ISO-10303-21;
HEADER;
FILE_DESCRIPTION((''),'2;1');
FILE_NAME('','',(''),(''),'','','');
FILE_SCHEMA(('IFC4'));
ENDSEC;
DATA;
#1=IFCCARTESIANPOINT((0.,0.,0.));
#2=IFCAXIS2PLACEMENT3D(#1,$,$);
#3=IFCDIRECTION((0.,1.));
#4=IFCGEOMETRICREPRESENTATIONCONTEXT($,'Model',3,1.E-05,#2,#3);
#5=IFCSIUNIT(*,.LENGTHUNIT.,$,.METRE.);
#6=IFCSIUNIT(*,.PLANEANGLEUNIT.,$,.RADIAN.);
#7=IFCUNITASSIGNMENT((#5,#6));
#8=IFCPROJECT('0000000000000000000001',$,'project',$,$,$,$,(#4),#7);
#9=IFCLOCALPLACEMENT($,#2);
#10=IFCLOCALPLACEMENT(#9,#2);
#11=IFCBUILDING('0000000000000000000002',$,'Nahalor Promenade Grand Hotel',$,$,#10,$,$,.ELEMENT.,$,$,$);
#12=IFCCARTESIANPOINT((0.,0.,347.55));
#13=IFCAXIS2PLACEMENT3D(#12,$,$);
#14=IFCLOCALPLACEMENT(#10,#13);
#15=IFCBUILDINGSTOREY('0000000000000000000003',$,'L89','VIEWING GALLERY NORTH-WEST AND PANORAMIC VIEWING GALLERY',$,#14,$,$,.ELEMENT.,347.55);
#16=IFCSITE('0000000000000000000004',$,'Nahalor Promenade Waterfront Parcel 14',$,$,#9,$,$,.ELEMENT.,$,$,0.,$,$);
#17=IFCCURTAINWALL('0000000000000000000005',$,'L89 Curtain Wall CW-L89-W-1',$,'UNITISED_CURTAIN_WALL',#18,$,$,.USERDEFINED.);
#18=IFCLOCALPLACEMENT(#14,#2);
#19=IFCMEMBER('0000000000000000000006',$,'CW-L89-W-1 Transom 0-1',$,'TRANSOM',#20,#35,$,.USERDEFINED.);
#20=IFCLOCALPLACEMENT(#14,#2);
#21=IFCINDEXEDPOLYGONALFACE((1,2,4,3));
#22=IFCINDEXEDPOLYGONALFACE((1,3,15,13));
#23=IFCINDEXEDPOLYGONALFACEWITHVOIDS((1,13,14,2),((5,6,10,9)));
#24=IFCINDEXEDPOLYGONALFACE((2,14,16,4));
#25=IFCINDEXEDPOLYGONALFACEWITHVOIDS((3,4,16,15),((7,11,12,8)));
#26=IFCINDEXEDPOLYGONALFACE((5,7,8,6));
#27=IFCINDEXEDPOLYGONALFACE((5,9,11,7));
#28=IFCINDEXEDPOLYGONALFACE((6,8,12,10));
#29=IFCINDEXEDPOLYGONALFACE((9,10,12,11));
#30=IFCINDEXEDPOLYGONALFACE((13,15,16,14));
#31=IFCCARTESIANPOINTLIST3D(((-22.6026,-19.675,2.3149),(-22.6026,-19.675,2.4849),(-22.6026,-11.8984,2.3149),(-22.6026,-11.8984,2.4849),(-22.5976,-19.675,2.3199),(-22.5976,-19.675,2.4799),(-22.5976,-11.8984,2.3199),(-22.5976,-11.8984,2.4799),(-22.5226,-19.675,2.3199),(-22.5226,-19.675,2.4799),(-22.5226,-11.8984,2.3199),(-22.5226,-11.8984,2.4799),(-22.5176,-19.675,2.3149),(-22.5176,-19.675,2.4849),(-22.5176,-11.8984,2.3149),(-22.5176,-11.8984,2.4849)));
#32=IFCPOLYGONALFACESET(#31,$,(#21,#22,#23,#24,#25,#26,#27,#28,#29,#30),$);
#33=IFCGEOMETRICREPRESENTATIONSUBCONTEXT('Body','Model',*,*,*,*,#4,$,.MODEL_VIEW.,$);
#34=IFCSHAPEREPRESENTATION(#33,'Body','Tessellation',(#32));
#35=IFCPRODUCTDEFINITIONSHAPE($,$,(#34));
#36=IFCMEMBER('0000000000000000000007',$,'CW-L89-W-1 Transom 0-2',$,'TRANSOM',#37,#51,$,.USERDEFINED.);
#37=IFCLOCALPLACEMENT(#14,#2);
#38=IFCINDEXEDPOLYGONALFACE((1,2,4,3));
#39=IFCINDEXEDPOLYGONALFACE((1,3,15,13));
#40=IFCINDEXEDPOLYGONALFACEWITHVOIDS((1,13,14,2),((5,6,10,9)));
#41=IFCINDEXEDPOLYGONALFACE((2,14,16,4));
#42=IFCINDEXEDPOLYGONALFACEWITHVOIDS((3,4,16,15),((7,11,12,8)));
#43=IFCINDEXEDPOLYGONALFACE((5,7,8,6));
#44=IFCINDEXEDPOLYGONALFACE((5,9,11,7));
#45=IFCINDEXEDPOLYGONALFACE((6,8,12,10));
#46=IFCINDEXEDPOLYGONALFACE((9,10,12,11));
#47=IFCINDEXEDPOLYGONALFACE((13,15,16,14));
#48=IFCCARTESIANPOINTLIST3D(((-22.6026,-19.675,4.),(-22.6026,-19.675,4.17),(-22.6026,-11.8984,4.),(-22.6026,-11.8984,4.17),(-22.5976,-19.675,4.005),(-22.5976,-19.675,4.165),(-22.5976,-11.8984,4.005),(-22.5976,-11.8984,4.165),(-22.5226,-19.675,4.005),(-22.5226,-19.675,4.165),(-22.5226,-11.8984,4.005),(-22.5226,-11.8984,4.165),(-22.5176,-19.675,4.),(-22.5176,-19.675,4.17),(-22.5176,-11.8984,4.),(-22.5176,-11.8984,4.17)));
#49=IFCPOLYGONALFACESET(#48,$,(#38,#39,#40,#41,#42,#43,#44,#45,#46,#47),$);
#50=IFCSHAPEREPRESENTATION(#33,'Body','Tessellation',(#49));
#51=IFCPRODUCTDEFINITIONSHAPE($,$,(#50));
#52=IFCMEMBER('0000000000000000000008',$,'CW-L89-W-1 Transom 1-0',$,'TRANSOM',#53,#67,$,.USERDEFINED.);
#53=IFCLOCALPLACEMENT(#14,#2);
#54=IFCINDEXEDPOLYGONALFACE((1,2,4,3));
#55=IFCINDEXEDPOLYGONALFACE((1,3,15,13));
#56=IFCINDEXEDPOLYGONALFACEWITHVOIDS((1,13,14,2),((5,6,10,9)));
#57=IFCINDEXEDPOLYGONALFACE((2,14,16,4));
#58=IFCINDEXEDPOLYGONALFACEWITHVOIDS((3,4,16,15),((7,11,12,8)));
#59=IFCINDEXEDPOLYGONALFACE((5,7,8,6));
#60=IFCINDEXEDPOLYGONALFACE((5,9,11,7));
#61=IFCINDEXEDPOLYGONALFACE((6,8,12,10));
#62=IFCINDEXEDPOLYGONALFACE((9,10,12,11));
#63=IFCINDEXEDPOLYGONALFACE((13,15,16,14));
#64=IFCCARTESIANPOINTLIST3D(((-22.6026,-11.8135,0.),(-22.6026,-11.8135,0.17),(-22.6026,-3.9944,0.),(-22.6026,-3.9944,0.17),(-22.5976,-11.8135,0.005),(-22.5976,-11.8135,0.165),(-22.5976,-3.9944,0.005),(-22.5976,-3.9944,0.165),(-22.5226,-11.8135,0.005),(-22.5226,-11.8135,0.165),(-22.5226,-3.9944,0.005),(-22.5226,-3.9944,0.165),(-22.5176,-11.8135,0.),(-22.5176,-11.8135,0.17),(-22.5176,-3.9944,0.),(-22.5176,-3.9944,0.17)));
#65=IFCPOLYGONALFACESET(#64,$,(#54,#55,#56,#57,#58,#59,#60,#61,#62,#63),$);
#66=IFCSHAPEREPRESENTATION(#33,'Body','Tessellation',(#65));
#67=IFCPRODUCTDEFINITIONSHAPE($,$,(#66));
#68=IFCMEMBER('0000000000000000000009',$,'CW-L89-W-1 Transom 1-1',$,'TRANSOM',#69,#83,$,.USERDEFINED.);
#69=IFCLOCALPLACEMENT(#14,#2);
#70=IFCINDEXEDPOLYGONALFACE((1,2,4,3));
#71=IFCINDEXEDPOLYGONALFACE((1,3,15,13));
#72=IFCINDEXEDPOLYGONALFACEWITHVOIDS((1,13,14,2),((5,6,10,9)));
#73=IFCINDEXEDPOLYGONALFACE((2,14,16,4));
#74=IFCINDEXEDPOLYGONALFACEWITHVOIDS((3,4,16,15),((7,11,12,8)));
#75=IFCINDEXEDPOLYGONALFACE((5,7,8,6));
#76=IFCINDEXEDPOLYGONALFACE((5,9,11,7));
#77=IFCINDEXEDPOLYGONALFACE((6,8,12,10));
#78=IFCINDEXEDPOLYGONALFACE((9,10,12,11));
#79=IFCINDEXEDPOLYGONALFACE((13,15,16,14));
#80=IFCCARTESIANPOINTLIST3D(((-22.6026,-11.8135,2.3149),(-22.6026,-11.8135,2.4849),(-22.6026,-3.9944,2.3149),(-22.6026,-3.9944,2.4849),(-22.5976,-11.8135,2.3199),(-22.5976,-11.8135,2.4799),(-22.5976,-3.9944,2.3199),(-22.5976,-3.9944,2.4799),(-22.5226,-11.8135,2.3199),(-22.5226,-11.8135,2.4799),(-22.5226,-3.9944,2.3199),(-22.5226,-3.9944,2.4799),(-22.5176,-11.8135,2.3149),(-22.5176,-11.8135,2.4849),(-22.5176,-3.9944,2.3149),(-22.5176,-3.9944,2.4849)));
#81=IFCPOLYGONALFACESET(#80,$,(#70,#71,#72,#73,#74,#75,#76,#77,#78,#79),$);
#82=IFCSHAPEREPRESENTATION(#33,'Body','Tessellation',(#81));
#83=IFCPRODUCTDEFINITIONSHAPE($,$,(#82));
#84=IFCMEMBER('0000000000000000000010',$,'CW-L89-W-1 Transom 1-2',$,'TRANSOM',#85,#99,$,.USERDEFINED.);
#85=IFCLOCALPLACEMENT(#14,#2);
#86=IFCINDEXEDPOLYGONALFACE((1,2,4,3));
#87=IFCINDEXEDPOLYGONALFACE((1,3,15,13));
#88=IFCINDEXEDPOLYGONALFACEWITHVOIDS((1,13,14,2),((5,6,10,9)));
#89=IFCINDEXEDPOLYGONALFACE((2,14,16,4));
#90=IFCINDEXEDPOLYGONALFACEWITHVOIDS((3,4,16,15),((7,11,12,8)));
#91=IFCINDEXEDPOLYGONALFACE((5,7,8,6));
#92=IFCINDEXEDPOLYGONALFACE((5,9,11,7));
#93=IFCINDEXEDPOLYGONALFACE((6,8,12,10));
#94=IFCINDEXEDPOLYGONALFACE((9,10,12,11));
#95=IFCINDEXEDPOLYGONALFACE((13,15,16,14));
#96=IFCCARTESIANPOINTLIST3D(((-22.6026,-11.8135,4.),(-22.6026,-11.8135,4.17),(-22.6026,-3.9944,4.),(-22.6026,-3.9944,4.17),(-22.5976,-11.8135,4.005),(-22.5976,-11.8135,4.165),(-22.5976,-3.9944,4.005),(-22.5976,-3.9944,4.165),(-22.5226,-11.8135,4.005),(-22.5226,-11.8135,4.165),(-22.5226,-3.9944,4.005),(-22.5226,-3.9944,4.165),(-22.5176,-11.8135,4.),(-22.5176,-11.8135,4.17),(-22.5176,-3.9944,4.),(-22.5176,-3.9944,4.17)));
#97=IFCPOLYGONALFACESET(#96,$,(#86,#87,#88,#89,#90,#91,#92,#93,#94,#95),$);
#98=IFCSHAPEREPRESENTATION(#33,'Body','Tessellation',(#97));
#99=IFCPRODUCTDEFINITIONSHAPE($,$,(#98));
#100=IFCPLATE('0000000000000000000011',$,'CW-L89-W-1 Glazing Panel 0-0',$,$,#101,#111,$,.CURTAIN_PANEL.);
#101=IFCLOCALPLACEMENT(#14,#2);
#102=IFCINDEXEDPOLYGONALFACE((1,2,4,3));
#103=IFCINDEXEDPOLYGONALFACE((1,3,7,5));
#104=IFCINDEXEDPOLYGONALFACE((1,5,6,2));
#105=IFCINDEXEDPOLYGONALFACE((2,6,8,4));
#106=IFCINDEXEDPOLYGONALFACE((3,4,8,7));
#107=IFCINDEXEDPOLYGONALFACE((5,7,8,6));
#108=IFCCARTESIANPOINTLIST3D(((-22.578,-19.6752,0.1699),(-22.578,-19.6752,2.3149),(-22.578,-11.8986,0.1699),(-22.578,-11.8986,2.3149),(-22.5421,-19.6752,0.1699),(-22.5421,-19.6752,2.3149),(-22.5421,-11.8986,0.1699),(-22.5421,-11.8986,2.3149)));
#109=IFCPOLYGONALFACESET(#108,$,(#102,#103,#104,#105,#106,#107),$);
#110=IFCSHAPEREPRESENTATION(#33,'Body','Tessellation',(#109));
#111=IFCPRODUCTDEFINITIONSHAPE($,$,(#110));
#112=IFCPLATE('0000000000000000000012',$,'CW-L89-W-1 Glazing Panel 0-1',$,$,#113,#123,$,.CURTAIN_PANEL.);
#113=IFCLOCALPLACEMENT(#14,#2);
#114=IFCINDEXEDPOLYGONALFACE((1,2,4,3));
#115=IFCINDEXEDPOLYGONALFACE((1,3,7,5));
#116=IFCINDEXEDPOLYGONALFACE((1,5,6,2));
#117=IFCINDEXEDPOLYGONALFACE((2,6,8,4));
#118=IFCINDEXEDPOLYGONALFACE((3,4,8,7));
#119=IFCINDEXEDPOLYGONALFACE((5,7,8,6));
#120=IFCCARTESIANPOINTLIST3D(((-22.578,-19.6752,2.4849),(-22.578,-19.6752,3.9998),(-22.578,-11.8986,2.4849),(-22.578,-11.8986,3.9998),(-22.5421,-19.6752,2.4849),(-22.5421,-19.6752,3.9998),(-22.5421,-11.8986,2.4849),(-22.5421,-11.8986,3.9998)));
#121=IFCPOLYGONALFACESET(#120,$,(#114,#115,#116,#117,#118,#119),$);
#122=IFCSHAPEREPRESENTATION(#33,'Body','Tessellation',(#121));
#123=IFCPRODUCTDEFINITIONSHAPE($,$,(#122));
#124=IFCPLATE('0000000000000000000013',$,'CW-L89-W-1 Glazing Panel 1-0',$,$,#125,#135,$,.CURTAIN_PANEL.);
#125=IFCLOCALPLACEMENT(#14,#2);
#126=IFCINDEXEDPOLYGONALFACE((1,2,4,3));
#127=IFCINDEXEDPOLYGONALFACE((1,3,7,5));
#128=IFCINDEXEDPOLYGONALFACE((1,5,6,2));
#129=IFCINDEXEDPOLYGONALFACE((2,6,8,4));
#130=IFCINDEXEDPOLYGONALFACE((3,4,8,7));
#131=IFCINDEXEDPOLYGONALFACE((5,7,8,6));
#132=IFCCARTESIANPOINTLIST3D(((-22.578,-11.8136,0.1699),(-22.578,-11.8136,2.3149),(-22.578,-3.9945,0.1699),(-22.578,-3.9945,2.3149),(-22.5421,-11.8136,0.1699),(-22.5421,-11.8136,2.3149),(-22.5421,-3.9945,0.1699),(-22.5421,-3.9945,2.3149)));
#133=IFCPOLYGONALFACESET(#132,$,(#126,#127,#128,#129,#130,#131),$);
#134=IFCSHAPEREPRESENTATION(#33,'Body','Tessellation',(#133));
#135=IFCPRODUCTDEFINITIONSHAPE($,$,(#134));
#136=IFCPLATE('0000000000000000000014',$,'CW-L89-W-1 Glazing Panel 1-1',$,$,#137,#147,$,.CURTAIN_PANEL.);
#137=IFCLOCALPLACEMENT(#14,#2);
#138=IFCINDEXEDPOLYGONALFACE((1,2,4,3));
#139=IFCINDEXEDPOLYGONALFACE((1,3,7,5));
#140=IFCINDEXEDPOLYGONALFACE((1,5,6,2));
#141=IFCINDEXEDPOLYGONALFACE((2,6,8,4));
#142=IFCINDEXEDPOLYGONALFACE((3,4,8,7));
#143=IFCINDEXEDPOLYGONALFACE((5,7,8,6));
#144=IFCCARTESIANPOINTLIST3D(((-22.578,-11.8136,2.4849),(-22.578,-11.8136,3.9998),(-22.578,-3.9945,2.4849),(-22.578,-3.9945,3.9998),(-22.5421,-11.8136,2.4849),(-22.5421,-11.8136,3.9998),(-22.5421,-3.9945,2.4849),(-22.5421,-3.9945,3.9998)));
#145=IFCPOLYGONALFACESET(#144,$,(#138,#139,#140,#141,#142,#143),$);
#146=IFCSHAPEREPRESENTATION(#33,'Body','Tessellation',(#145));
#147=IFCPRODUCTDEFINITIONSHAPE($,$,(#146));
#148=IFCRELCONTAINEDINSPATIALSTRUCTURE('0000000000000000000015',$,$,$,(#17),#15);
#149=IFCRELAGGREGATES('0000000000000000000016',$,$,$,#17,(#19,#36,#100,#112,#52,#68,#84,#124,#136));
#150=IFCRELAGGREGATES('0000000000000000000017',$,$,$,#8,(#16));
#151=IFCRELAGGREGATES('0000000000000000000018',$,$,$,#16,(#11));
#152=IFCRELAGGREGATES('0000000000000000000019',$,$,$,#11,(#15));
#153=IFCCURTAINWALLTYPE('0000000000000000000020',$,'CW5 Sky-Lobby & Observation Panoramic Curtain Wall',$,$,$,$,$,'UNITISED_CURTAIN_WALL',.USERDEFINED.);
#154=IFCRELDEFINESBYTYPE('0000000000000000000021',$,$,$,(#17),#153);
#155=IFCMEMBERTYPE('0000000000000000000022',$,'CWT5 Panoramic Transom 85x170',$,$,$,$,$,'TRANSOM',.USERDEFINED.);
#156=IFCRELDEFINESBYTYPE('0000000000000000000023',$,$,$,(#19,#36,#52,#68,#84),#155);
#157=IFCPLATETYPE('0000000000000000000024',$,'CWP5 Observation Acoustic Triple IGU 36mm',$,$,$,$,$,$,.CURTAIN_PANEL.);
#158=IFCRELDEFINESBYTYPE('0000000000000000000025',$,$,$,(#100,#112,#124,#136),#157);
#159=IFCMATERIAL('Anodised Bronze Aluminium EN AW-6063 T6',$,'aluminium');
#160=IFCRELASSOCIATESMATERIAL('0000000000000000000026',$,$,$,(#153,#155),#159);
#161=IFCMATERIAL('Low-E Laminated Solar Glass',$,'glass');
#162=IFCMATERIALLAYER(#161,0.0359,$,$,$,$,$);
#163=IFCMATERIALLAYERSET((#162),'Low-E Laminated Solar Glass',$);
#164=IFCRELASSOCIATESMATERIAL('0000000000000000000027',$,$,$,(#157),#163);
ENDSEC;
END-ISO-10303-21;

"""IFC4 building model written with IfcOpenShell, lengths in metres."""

from ifc_helpers import new_model, si_unit, direction, frame, origin, origin_2d, place, context, subcontext, project, spatial, rectangle, hollow_rectangle, extrude, source, transform, mapped, material, layer, layer_set, material_profile, profile_set, type_object, element, aggregate, save


model = new_model("IFC4")

# Units and contexts
model_context = context("Model", 3, precision=1e-05, world=origin(), true_north=direction((0.0, 1.0)))
body_context = subcontext(model_context, "Body", "Model", "MODEL_VIEW")
ifc_project = project(units=[si_unit("LENGTHUNIT", "METRE"), si_unit("PLANEANGLEUNIT", "RADIAN")], contexts=[model_context])

# Site, building, storey
site_placement = place(None, origin())
site = spatial("IfcSite", under=ifc_project, at=site_placement, Name="Nahalor Promenade Waterfront Parcel 14", CompositionType="ELEMENT", RefElevation=0.0)
building_placement = place(site_placement, origin())
building = spatial("IfcBuilding", under=site, at=building_placement, Name="Nahalor Promenade Grand Hotel", CompositionType="ELEMENT")
storey_placement = place(building_placement, frame((0.0, 0.0, 347.55)))
storey = spatial("IfcBuildingStorey", under=building, at=storey_placement, Name="L89", Description="VIEWING GALLERY NORTH-WEST AND PANORAMIC VIEWING GALLERY", CompositionType="ELEMENT", Elevation=347.55)

# Curtain wall, members, plates
ifc_material_1 = material(Name="Anodised Bronze Aluminium EN AW-6063 T6", Category="aluminium")
curtain_wall_type = type_object("IfcCurtainWallType", Name="CW5 Sky-Lobby & Observation Panoramic Curtain Wall", ElementType="UNITISED_CURTAIN_WALL", PredefinedType="USERDEFINED", material=ifc_material_1)
curtain_wall_placement = place(storey_placement, origin())
curtain_wall = element("IfcCurtainWall", 1, at=curtain_wall_placement, inside=storey, type_object=curtain_wall_type, Name="L89 Curtain Wall CW-L89-W-1", ObjectType="UNITISED_CURTAIN_WALL", PredefinedType="USERDEFINED")
ifc_material_profile_1 = material_profile(ifc_material_1, hollow_rectangle(XDim=0.085, YDim=0.17, WallThickness=0.005, at=origin_2d()), Name="CWT 85x170x5")
ifc_profile_set_1 = profile_set([ifc_material_profile_1], Name="Anodised Bronze Aluminium EN AW-6063 T6")
member_type_1 = type_object("IfcMemberType", Name="CWT5 Panoramic Transom 85x170", ElementType="TRANSOM", PredefinedType="USERDEFINED", material=ifc_profile_set_1)
shared_shape_1 = source(origin(), body_context, "Body", "SweptSolid", [
    extrude(hollow_rectangle(XDim=0.085, YDim=0.17, WallThickness=0.005, at=origin_2d()), origin(), (0.0, 0.0, 1.0), 7.7766),
])
member_1_placement = place(storey_placement, frame((-22.5601, -19.675, 2.3999), z_axis=(0.0, 1.0, 0.0), x_axis=(-1.0, 0.0, 0.0)))
member_1 = element("IfcMember", 2, at=member_1_placement, type_object=member_type_1, Name="CW-L89-W-1 Transom 0-1", ObjectType="TRANSOM", PredefinedType="USERDEFINED", context=body_context, shape_type="MappedRepresentation", body=[
    mapped(shared_shape_1, transform((0.0, 0.0, 0.0), scale=1.0)),
])
member_2_placement = place(storey_placement, frame((-22.5601, -19.675, 4.085), z_axis=(0.0, 1.0, 0.0), x_axis=(-1.0, 0.0, 0.0)))
member_2 = element("IfcMember", 3, at=member_2_placement, type_object=member_type_1, Name="CW-L89-W-1 Transom 0-2", ObjectType="TRANSOM", PredefinedType="USERDEFINED", context=body_context, shape_type="MappedRepresentation", body=[
    mapped(shared_shape_1, transform((0.0, 0.0, 0.0), scale=1.0)),
])
shared_shape_2 = source(origin(), body_context, "Body", "SweptSolid", [
    extrude(hollow_rectangle(XDim=0.085, YDim=0.17, WallThickness=0.005, at=origin_2d()), origin(), (0.0, 0.0, 1.0), 7.8191),
])
member_3_placement = place(storey_placement, frame((-22.5601, -11.8135, 0.085), z_axis=(0.0, 1.0, 0.0), x_axis=(-1.0, 0.0, 0.0)))
member_3 = element("IfcMember", 4, at=member_3_placement, type_object=member_type_1, Name="CW-L89-W-1 Transom 1-0", ObjectType="TRANSOM", PredefinedType="USERDEFINED", context=body_context, shape_type="MappedRepresentation", body=[
    mapped(shared_shape_2, transform((0.0, 0.0, 0.0), scale=1.0)),
])
member_4_placement = place(storey_placement, frame((-22.5601, -11.8135, 2.3999), z_axis=(0.0, 1.0, 0.0), x_axis=(-1.0, 0.0, 0.0)))
member_4 = element("IfcMember", 5, at=member_4_placement, type_object=member_type_1, Name="CW-L89-W-1 Transom 1-1", ObjectType="TRANSOM", PredefinedType="USERDEFINED", context=body_context, shape_type="MappedRepresentation", body=[
    mapped(shared_shape_2, transform((0.0, 0.0, 0.0), scale=1.0)),
])
member_5_placement = place(storey_placement, frame((-22.5601, -11.8135, 4.085), z_axis=(0.0, 1.0, 0.0), x_axis=(-1.0, 0.0, 0.0)))
member_5 = element("IfcMember", 6, at=member_5_placement, type_object=member_type_1, Name="CW-L89-W-1 Transom 1-2", ObjectType="TRANSOM", PredefinedType="USERDEFINED", context=body_context, shape_type="MappedRepresentation", body=[
    mapped(shared_shape_2, transform((0.0, 0.0, 0.0), scale=1.0)),
])
ifc_material_2 = material(Name="Low-E Laminated Solar Glass", Category="glass")
ifc_layer = layer(ifc_material_2, 0.0359)
ifc_layer_set = layer_set([ifc_layer], Name="Low-E Laminated Solar Glass")
plate_type = type_object("IfcPlateType", Name="CWP5 Observation Acoustic Triple IGU 36mm", PredefinedType="CURTAIN_PANEL", material=ifc_layer_set)
shared_shape_3 = source(origin(), body_context, "Body", "SweptSolid", [
    extrude(rectangle(XDim=7.7766, YDim=0.0359, at=origin_2d()), origin(), (0.0, 0.0, 1.0), 2.145),
])
plate_1_placement = place(storey_placement, frame((-22.5601, -15.7869, 0.1699), z_axis=(0.0, 0.0, 1.0), x_axis=(0.0, 1.0, 0.0)))
plate_1 = element("IfcPlate", 7, at=plate_1_placement, type_object=plate_type, Name="CW-L89-W-1 Glazing Panel 0-0", PredefinedType="CURTAIN_PANEL", context=body_context, shape_type="MappedRepresentation", body=[
    mapped(shared_shape_3, transform((0.0, 0.0, 0.0), scale=1.0)),
])
shared_shape_4 = source(origin(), body_context, "Body", "SweptSolid", [
    extrude(rectangle(XDim=7.7766, YDim=0.0359, at=origin_2d()), origin(), (0.0, 0.0, 1.0), 1.5149),
])
plate_2_placement = place(storey_placement, frame((-22.5601, -15.7869, 2.4849), z_axis=(0.0, 0.0, 1.0), x_axis=(0.0, 1.0, 0.0)))
plate_2 = element("IfcPlate", 8, at=plate_2_placement, type_object=plate_type, Name="CW-L89-W-1 Glazing Panel 0-1", PredefinedType="CURTAIN_PANEL", context=body_context, shape_type="MappedRepresentation", body=[
    mapped(shared_shape_4, transform((0.0, 0.0, 0.0), scale=1.0)),
])
shared_shape_5 = source(origin(), body_context, "Body", "SweptSolid", [
    extrude(rectangle(XDim=7.8191, YDim=0.0359, at=origin_2d()), origin(), (0.0, 0.0, 1.0), 2.145),
])
plate_3_placement = place(storey_placement, frame((-22.5601, -7.9041, 0.1699), z_axis=(0.0, 0.0, 1.0), x_axis=(0.0, 1.0, 0.0)))
plate_3 = element("IfcPlate", 9, at=plate_3_placement, type_object=plate_type, Name="CW-L89-W-1 Glazing Panel 1-0", PredefinedType="CURTAIN_PANEL", context=body_context, shape_type="MappedRepresentation", body=[
    mapped(shared_shape_5, transform((0.0, 0.0, 0.0), scale=1.0)),
])
shared_shape_6 = source(origin(), body_context, "Body", "SweptSolid", [
    extrude(rectangle(XDim=7.8191, YDim=0.0359, at=origin_2d()), origin(), (0.0, 0.0, 1.0), 1.5149),
])
plate_4_placement = place(storey_placement, frame((-22.5601, -7.9041, 2.4849), z_axis=(0.0, 0.0, 1.0), x_axis=(0.0, 1.0, 0.0)))
plate_4 = element("IfcPlate", 10, at=plate_4_placement, type_object=plate_type, Name="CW-L89-W-1 Glazing Panel 1-1", PredefinedType="CURTAIN_PANEL", context=body_context, shape_type="MappedRepresentation", body=[
    mapped(shared_shape_6, transform((0.0, 0.0, 0.0), scale=1.0)),
])
aggregate(curtain_wall, [member_1, member_2, plate_1, plate_2, member_3, member_4, member_5, plate_3, plate_4])

save(model, "model.ifc")
